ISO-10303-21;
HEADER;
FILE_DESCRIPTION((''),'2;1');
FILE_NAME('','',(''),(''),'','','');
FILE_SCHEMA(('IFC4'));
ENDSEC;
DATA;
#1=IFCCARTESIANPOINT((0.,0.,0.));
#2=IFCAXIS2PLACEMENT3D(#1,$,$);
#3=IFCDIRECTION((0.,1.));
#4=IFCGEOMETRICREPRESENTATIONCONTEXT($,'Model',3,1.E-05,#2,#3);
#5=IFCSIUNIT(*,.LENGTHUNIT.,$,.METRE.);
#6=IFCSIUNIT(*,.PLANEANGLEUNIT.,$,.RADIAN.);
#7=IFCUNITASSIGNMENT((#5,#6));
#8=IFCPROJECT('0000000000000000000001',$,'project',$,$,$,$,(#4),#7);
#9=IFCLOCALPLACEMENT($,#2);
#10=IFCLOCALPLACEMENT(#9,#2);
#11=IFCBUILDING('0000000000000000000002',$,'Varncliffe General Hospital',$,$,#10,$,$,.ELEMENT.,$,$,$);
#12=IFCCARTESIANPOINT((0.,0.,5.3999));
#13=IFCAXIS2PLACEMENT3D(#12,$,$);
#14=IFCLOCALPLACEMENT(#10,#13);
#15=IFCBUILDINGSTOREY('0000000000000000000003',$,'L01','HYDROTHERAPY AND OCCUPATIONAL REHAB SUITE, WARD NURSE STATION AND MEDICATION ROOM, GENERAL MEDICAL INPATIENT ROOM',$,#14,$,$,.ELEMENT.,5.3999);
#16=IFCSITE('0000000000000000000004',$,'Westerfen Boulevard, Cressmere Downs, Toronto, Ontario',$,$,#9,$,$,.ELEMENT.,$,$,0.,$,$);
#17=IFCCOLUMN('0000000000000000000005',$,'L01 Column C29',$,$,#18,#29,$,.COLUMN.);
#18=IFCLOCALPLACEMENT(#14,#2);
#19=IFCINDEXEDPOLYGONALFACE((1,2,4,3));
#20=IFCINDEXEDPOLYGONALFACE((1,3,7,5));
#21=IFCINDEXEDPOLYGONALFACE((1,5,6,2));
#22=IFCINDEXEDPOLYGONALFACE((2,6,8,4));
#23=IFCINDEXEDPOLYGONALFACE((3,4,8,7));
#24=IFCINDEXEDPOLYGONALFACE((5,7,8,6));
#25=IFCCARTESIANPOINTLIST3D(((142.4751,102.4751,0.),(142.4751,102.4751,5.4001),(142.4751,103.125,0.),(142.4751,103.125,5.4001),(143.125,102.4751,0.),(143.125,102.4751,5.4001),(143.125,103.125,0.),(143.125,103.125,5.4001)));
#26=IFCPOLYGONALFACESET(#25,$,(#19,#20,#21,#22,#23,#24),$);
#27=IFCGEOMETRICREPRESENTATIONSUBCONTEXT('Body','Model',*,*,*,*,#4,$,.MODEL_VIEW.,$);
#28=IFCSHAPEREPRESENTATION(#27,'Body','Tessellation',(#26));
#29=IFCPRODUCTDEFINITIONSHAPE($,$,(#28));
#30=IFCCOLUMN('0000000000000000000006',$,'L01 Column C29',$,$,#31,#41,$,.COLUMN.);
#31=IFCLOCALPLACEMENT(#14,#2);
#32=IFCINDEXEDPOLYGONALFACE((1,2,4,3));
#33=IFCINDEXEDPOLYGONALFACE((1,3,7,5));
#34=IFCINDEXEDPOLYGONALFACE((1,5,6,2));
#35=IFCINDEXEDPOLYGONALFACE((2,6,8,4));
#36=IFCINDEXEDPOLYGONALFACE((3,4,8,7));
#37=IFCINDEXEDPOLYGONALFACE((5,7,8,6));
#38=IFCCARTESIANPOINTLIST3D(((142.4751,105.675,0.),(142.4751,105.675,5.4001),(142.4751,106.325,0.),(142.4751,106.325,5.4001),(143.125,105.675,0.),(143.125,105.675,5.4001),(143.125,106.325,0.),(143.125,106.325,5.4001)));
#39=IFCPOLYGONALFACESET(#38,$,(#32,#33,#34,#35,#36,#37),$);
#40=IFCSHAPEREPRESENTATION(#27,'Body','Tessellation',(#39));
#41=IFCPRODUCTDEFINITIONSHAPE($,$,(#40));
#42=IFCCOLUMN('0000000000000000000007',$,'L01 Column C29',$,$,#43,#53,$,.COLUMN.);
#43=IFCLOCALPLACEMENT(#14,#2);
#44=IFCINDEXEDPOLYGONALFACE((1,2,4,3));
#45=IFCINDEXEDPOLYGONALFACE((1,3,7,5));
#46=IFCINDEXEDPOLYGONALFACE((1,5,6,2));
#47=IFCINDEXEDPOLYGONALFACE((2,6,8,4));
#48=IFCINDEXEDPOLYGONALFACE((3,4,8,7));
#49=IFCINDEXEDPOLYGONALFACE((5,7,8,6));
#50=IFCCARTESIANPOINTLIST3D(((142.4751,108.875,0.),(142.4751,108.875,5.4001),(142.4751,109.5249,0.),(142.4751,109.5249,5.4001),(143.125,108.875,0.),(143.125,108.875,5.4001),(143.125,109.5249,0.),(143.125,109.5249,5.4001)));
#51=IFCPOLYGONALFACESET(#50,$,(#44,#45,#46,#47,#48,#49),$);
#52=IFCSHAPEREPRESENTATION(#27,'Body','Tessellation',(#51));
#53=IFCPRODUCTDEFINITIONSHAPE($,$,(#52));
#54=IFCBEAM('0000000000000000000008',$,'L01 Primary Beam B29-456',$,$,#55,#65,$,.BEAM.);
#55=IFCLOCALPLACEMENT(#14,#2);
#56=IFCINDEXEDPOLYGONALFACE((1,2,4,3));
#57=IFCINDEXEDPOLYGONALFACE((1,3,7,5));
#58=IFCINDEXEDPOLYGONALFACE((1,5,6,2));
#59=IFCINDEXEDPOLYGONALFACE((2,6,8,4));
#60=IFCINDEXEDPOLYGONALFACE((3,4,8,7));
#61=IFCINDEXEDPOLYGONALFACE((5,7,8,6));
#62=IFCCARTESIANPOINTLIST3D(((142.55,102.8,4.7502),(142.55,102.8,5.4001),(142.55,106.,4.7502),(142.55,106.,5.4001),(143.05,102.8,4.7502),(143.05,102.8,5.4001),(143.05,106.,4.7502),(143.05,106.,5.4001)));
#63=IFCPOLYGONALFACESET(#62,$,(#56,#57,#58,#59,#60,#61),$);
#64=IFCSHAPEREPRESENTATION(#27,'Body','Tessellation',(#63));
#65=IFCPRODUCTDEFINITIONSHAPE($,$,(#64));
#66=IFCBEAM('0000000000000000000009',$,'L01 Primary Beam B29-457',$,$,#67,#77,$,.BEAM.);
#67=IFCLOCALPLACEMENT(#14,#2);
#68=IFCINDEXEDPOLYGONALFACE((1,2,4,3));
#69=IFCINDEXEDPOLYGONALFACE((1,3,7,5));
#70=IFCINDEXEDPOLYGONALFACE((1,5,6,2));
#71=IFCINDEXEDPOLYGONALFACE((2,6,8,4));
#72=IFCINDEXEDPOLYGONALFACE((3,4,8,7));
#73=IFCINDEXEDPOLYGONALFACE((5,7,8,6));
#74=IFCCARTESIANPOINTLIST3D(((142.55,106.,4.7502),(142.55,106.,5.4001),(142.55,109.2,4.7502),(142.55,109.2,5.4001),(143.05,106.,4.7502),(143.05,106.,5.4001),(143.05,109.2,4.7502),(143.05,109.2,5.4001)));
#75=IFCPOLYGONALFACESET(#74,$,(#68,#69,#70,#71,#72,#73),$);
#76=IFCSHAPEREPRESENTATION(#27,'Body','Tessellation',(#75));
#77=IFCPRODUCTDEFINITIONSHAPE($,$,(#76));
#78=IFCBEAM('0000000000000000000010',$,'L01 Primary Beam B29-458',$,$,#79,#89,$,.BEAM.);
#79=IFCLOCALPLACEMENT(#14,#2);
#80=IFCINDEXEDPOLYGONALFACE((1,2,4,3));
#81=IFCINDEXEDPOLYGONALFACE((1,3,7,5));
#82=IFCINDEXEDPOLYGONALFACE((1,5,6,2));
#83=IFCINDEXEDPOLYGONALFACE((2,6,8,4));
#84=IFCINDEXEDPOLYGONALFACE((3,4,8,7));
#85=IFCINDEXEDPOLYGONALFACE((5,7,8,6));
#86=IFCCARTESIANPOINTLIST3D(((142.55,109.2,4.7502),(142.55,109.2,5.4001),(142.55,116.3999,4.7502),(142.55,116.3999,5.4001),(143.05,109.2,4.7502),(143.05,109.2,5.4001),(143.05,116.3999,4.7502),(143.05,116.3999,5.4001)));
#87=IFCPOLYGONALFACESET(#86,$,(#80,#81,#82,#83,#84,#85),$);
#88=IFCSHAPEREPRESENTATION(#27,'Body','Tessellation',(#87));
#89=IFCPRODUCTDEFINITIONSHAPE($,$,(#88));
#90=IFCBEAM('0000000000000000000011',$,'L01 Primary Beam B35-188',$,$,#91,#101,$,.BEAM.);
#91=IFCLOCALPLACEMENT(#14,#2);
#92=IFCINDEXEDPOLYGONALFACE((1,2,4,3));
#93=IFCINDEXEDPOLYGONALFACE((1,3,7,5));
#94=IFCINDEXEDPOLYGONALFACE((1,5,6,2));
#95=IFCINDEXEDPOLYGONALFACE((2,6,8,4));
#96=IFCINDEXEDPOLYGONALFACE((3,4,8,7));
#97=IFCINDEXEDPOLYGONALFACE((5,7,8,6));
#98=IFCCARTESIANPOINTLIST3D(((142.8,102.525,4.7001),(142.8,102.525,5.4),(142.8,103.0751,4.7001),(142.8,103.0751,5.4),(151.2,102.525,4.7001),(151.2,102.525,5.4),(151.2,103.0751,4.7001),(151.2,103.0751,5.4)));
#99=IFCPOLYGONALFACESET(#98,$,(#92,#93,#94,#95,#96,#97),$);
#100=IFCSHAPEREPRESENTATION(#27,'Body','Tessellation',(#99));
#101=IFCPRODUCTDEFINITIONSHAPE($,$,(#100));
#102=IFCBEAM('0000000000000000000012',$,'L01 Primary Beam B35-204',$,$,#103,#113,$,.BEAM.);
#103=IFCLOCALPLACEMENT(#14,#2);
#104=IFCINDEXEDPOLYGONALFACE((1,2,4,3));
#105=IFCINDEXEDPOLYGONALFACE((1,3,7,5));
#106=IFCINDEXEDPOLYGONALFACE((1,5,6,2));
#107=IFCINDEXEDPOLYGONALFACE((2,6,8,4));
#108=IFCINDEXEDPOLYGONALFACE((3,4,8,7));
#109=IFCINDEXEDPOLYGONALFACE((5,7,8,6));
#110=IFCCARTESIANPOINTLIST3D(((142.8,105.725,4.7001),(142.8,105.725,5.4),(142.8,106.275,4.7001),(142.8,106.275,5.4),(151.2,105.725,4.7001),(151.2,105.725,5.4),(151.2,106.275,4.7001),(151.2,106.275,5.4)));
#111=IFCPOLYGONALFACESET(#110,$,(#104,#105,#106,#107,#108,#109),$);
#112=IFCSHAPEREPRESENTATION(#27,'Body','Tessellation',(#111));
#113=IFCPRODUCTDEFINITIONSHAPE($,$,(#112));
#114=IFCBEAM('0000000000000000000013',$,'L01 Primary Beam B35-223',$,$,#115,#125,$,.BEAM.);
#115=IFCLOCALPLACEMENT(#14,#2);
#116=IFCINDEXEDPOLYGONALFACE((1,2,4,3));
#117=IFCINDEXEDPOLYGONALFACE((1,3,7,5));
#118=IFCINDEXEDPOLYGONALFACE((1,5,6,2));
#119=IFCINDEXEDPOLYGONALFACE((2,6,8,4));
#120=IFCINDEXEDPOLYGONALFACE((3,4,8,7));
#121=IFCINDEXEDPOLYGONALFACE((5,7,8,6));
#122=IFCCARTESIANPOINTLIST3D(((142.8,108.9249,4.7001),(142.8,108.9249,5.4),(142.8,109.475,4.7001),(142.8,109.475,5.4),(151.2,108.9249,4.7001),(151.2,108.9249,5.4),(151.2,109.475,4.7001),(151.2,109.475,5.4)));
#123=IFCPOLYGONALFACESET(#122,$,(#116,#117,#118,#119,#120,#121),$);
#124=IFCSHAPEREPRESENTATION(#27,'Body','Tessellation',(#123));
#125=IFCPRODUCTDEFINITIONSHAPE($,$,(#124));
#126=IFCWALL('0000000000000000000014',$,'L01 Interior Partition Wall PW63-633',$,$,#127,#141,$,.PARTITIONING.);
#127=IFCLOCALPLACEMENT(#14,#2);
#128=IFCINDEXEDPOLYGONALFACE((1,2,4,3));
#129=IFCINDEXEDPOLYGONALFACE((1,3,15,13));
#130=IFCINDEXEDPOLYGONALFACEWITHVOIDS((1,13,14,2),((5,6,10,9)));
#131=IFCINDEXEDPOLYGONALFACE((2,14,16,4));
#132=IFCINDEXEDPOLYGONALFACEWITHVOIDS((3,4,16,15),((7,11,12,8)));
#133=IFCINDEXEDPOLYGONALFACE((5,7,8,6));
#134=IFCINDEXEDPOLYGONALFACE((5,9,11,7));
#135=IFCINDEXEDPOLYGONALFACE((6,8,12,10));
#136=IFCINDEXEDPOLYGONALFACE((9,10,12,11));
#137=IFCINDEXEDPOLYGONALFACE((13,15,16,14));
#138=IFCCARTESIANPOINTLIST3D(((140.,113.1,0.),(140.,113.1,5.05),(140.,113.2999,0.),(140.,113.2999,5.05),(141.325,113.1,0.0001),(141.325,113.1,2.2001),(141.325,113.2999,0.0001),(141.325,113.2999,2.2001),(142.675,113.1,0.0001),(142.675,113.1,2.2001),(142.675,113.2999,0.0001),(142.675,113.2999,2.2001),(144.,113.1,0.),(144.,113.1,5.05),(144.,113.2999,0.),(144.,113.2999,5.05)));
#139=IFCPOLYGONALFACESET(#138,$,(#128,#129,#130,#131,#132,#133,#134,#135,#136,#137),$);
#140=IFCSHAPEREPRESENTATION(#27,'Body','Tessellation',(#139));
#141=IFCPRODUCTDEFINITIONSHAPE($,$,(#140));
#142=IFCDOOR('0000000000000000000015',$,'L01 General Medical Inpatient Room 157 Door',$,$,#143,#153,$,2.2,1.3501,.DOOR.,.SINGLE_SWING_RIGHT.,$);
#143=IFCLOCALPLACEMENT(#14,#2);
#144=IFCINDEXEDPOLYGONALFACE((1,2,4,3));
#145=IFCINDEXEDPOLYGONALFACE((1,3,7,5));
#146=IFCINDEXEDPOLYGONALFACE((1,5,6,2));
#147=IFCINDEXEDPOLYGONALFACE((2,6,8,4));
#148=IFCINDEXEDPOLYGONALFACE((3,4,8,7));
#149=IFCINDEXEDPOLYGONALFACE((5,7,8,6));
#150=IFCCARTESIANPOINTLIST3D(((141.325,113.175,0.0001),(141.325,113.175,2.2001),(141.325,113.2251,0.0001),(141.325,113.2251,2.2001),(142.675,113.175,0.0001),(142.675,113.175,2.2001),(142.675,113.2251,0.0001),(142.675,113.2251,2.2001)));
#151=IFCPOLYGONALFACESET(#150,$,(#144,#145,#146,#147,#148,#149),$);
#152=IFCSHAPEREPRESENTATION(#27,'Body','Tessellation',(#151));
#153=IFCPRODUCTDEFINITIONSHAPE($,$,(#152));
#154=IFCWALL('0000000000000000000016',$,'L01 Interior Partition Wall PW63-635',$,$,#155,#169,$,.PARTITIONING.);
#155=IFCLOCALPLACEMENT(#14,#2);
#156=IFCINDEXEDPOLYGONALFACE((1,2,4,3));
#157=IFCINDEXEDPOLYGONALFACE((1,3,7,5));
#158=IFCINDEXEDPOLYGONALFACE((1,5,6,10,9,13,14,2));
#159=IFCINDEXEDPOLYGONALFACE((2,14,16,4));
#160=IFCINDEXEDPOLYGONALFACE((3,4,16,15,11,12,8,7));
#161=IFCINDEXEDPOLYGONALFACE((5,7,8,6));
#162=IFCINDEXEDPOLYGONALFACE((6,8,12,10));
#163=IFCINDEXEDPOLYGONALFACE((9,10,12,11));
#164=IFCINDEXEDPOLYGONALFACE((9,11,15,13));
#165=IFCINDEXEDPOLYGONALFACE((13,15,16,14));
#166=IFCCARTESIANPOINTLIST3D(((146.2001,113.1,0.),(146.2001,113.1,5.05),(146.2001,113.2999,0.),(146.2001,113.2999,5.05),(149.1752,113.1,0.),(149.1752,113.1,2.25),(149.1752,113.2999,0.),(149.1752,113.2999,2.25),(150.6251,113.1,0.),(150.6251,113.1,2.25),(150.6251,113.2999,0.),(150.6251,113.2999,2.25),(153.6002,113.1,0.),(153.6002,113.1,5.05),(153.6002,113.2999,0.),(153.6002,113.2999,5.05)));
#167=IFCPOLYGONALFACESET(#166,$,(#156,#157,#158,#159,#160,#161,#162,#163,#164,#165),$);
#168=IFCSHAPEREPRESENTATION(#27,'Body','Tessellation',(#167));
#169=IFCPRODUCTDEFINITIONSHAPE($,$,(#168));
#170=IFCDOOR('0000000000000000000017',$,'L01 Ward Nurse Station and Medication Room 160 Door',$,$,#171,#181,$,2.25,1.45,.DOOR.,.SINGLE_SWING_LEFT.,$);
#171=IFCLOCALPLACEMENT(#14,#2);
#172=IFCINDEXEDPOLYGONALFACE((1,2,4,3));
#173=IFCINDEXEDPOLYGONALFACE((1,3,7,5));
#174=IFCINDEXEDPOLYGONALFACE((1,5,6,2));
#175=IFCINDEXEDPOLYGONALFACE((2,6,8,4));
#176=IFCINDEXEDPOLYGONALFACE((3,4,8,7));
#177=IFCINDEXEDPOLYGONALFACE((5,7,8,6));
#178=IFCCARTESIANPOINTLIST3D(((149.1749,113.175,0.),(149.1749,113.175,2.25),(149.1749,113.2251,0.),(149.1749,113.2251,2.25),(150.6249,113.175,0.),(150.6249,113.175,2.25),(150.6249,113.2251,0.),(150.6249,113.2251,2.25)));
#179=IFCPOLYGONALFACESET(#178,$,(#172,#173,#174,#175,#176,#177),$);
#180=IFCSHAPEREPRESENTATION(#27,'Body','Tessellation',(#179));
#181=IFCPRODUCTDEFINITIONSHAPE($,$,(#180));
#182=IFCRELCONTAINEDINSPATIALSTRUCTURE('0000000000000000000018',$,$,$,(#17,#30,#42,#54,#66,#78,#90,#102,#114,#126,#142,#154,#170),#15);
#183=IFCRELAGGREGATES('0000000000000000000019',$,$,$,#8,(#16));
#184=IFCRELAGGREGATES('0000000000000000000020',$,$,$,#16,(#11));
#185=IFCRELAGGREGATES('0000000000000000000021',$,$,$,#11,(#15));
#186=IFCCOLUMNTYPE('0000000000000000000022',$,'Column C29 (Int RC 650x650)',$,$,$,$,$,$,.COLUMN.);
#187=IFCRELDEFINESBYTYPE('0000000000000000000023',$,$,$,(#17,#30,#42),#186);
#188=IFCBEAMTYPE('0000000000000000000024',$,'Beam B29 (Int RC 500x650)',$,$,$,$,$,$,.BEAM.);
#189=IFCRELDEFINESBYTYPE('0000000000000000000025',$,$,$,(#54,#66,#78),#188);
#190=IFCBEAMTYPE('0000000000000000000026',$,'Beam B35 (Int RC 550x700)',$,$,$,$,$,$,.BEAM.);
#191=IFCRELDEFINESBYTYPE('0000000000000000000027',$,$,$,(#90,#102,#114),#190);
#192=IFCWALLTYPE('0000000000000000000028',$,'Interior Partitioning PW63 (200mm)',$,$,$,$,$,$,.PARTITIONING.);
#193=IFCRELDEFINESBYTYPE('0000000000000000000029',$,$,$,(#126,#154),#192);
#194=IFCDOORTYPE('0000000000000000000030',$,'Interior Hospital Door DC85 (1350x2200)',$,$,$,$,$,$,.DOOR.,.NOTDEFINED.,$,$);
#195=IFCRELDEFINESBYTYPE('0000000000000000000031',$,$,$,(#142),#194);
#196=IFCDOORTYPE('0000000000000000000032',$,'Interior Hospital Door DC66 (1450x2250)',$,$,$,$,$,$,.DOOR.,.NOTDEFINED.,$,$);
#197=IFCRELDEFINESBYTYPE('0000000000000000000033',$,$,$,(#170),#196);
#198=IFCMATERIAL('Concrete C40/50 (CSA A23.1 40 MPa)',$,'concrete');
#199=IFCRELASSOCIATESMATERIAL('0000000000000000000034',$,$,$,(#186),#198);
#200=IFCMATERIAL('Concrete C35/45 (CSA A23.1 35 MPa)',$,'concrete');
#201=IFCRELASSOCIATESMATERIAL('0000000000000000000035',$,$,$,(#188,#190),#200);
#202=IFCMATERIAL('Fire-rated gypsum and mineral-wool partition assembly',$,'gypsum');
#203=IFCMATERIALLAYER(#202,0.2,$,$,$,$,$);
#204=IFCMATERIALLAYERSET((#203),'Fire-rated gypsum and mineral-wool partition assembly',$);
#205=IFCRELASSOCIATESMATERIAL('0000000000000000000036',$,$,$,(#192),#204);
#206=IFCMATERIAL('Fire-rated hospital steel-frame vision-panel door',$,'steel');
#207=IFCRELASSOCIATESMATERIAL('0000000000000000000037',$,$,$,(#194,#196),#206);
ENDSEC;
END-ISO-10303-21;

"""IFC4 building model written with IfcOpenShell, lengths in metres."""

from ifc_helpers import new_model, si_unit, direction, frame, frame_2d, origin, origin_2d, place, context, subcontext, project, spatial, rectangle, extrude, material, layer, layer_set, material_profile, profile_set, type_object, element, fill, save


model = new_model("IFC4")

# Units and contexts
model_context = context("Model", 3, precision=1e-05, world=origin(), true_north=direction((0.0, 1.0)))
body_context = subcontext(model_context, "Body", "Model", "MODEL_VIEW")
ifc_project = project(units=[si_unit("LENGTHUNIT", "METRE"), si_unit("PLANEANGLEUNIT", "RADIAN")], contexts=[model_context])

# Site, building, storey
site_placement = place(None, origin())
site = spatial("IfcSite", under=ifc_project, at=site_placement, Name="Westerfen Boulevard, Cressmere Downs, Toronto, Ontario", CompositionType="ELEMENT", RefElevation=0.0)
building_placement = place(site_placement, origin())
building = spatial("IfcBuilding", under=site, at=building_placement, Name="Varncliffe General Hospital", CompositionType="ELEMENT")
storey_placement = place(building_placement, frame((0.0, 0.0, 5.3999)))
storey = spatial("IfcBuildingStorey", under=building, at=storey_placement, Name="L01", Description="HYDROTHERAPY AND OCCUPATIONAL REHAB SUITE, WARD NURSE STATION AND MEDICATION ROOM, GENERAL MEDICAL INPATIENT ROOM", CompositionType="ELEMENT", Elevation=5.3999)

# Columns
ifc_material_1 = material(Name="Concrete C40/50 (CSA A23.1 40 MPa)", Category="concrete")
ifc_material_profile_1 = material_profile(ifc_material_1, rectangle(XDim=0.6499, YDim=0.6499, at=origin_2d()), Name="RC 650x650")
ifc_profile_set_1 = profile_set([ifc_material_profile_1], Name="Concrete C40/50 (CSA A23.1 40 MPa)")
column_type = type_object("IfcColumnType", Name="Column C29 (Int RC 650x650)", PredefinedType="COLUMN", material=ifc_profile_set_1)
for number, where, z_axis, x_axis, name in (
    (1, (142.8, 102.8, 0.0), (0.0, 0.0, 1.0), (1.0, 0.0, 0.0), "L01 Column C29"),
    (2, (142.8, 106.0, 0.0), (0.0, 0.0, 1.0), (1.0, 0.0, 0.0), "L01 Column C29"),
    (3, (142.8, 109.2, 0.0), (0.0, 0.0, 1.0), (1.0, 0.0, 0.0), "L01 Column C29"),
):
    element("IfcColumn", number, at=place(storey_placement, frame(where, z_axis=z_axis, x_axis=x_axis)), inside=storey, type_object=column_type, Name=name, PredefinedType="COLUMN", context=body_context, shape_type="SweptSolid", body=[
        extrude(rectangle(XDim=0.6499, YDim=0.6499, at=origin_2d()), origin(), (0.0, 0.0, 1.0), 5.4001),
    ])

# Beams
ifc_material_2 = material(Name="Concrete C35/45 (CSA A23.1 35 MPa)", Category="concrete")
ifc_material_profile_2 = material_profile(ifc_material_2, rectangle(XDim=0.5, YDim=0.6499, at=origin_2d()), Name="RC 500x650")
ifc_profile_set_2 = profile_set([ifc_material_profile_2], Name="Concrete C35/45 (CSA A23.1 35 MPa)")
beam_type_1 = type_object("IfcBeamType", Name="Beam B29 (Int RC 500x650)", PredefinedType="BEAM", material=ifc_profile_set_2)
for number, where, z_axis, x_axis, name in (
    (4, (142.8, 102.8, 5.0752), (0.0, 1.0, 0.0), (-1.0, 0.0, 0.0), "L01 Primary Beam B29-456"),
    (5, (142.8, 106.0, 5.0752), (0.0, 1.0, 0.0), (-1.0, 0.0, 0.0), "L01 Primary Beam B29-457"),
):
    element("IfcBeam", number, at=place(storey_placement, frame(where, z_axis=z_axis, x_axis=x_axis)), inside=storey, type_object=beam_type_1, Name=name, PredefinedType="BEAM", context=body_context, shape_type="SweptSolid", body=[
        extrude(rectangle(XDim=0.5, YDim=0.6499, at=origin_2d()), origin(), (0.0, 0.0, 1.0), 3.2),
    ])
beam_placement = place(storey_placement, frame((142.8, 109.2, 5.0752), z_axis=(0.0, 1.0, 0.0), x_axis=(-1.0, 0.0, 0.0)))
element("IfcBeam", 6, at=beam_placement, inside=storey, type_object=beam_type_1, Name="L01 Primary Beam B29-458", PredefinedType="BEAM", context=body_context, shape_type="SweptSolid", body=[
    extrude(rectangle(XDim=0.5, YDim=0.6499, at=origin_2d()), origin(), (0.0, 0.0, 1.0), 7.2),
])
ifc_material_profile_3 = material_profile(ifc_material_2, rectangle(XDim=0.55, YDim=0.7, at=origin_2d()), Name="RC 550x700")
ifc_profile_set_3 = profile_set([ifc_material_profile_3], Name="Concrete C35/45 (CSA A23.1 35 MPa)")
beam_type_2 = type_object("IfcBeamType", Name="Beam B35 (Int RC 550x700)", PredefinedType="BEAM", material=ifc_profile_set_3)
for number, where, z_axis, x_axis, name in (
    (7, (142.8, 102.8, 5.05), (1.0, 0.0, 0.0), (0.0, 1.0, 0.0), "L01 Primary Beam B35-188"),
    (8, (142.8, 106.0, 5.05), (1.0, 0.0, 0.0), (0.0, 1.0, 0.0), "L01 Primary Beam B35-204"),
    (9, (142.8, 109.2, 5.05), (1.0, 0.0, 0.0), (0.0, 1.0, 0.0), "L01 Primary Beam B35-223"),
):
    element("IfcBeam", number, at=place(storey_placement, frame(where, z_axis=z_axis, x_axis=x_axis)), inside=storey, type_object=beam_type_2, Name=name, PredefinedType="BEAM", context=body_context, shape_type="SweptSolid", body=[
        extrude(rectangle(XDim=0.55, YDim=0.7, at=origin_2d()), origin(), (0.0, 0.0, 1.0), 8.3999),
    ])

# Walls, openings, doors
ifc_material_3 = material(Name="Fire-rated gypsum and mineral-wool partition assembly", Category="gypsum")
ifc_layer_1 = layer(ifc_material_3, 0.2)
ifc_layer_set_1 = layer_set([ifc_layer_1], Name="Fire-rated gypsum and mineral-wool partition assembly")
wall_type_1 = type_object("IfcWallType", Name="Interior Partitioning PW63 (200mm)", PredefinedType="PARTITIONING", material=ifc_layer_set_1)
wall_1_placement = place(storey_placement, frame((140.0, 113.2, 0.0), z_axis=(0.0, 0.0, 1.0), x_axis=(1.0, 0.0, 0.0)))
wall_1 = element("IfcWall", 10, at=wall_1_placement, inside=storey, type_object=wall_type_1, Name="L01 Interior Partition Wall PW63-633", PredefinedType="PARTITIONING", context=body_context, shape_type="SweptSolid", body=[
    extrude(rectangle(XDim=4.0, YDim=0.2, at=frame_2d((2.0, 0.0))), origin(), (0.0, 0.0, 1.0), 5.05),
])
opening_1_placement = place(wall_1_placement, frame((1.325, 0.0, 0.0)))
opening_1 = element("IfcOpeningElement", 11, at=opening_1_placement, cuts=wall_1, PredefinedType="OPENING", context=body_context, shape_type="SweptSolid", body=[
    extrude(rectangle(XDim=1.3501, YDim=2.2, at=frame_2d((0.675, 1.1001))), frame((0.0, 0.1099, 0.0), z_axis=(0.0, -1.0, 0.0), x_axis=(1.0, 0.0, 0.0)), (0.0, 0.0, 1.0), 0.22),
])
ifc_material_4 = material(Name="Fire-rated hospital steel-frame vision-panel door", Category="steel")
door_type_1 = type_object("IfcDoorType", Name="Interior Hospital Door DC85 (1350x2200)", OperationType="NOTDEFINED", PredefinedType="DOOR", material=ifc_material_4)
door_1_placement = place(opening_1_placement, frame((1.3501, 0.0, 0.0), z_axis=(0.0, 0.0, 1.0), x_axis=(-1.0, 0.0, 0.0)))
door_1 = element("IfcDoor", 12, at=door_1_placement, inside=storey, type_object=door_type_1, Name="L01 General Medical Inpatient Room 157 Door", OperationType="SINGLE_SWING_RIGHT", OverallHeight=2.2, OverallWidth=1.3501, PredefinedType="DOOR", context=body_context, shape_type="SweptSolid", body=[
    extrude(rectangle(XDim=1.3501, YDim=2.2, at=frame_2d((0.675, 1.1001))), frame((0.0, 0.0249, 0.0), z_axis=(0.0, -1.0, 0.0), x_axis=(1.0, 0.0, 0.0)), (0.0, 0.0, 1.0), 0.05),
])
fill(opening_1, door_1)
wall_2_placement = place(storey_placement, frame((146.2, 113.2, 0.0), z_axis=(0.0, 0.0, 1.0), x_axis=(1.0, 0.0, 0.0)))
wall_2 = element("IfcWall", 13, at=wall_2_placement, inside=storey, type_object=wall_type_1, Name="L01 Interior Partition Wall PW63-635", PredefinedType="PARTITIONING", context=body_context, shape_type="SweptSolid", body=[
    extrude(rectangle(XDim=7.4001, YDim=0.2, at=frame_2d((3.7002, 0.0))), origin(), (0.0, 0.0, 1.0), 5.05),
])
opening_2_placement = place(wall_2_placement, frame((2.9751, 0.0, 0.0)))
opening_2 = element("IfcOpeningElement", 14, at=opening_2_placement, cuts=wall_2, PredefinedType="OPENING", context=body_context, shape_type="SweptSolid", body=[
    extrude(rectangle(XDim=1.45, YDim=2.25, at=frame_2d((0.7251, 1.125))), frame((0.0, 0.1099, 0.0), z_axis=(0.0, -1.0, 0.0), x_axis=(1.0, 0.0, 0.0)), (0.0, 0.0, 1.0), 0.22),
])
door_type_2 = type_object("IfcDoorType", Name="Interior Hospital Door DC66 (1450x2250)", OperationType="NOTDEFINED", PredefinedType="DOOR", material=ifc_material_4)
door_2_placement = place(opening_2_placement, frame((1.45, 0.0, 0.0), z_axis=(0.0, 0.0, 1.0), x_axis=(-1.0, 0.0, 0.0)))
door_2 = element("IfcDoor", 15, at=door_2_placement, inside=storey, type_object=door_type_2, Name="L01 Ward Nurse Station and Medication Room 160 Door", OperationType="SINGLE_SWING_LEFT", OverallHeight=2.25, OverallWidth=1.45, PredefinedType="DOOR", context=body_context, shape_type="SweptSolid", body=[
    extrude(rectangle(XDim=1.45, YDim=2.25, at=frame_2d((0.7251, 1.125))), frame((0.0, 0.0249, 0.0), z_axis=(0.0, -1.0, 0.0), x_axis=(1.0, 0.0, 0.0)), (0.0, 0.0, 1.0), 0.05),
])
fill(opening_2, door_2)

save(model, "model.ifc")
